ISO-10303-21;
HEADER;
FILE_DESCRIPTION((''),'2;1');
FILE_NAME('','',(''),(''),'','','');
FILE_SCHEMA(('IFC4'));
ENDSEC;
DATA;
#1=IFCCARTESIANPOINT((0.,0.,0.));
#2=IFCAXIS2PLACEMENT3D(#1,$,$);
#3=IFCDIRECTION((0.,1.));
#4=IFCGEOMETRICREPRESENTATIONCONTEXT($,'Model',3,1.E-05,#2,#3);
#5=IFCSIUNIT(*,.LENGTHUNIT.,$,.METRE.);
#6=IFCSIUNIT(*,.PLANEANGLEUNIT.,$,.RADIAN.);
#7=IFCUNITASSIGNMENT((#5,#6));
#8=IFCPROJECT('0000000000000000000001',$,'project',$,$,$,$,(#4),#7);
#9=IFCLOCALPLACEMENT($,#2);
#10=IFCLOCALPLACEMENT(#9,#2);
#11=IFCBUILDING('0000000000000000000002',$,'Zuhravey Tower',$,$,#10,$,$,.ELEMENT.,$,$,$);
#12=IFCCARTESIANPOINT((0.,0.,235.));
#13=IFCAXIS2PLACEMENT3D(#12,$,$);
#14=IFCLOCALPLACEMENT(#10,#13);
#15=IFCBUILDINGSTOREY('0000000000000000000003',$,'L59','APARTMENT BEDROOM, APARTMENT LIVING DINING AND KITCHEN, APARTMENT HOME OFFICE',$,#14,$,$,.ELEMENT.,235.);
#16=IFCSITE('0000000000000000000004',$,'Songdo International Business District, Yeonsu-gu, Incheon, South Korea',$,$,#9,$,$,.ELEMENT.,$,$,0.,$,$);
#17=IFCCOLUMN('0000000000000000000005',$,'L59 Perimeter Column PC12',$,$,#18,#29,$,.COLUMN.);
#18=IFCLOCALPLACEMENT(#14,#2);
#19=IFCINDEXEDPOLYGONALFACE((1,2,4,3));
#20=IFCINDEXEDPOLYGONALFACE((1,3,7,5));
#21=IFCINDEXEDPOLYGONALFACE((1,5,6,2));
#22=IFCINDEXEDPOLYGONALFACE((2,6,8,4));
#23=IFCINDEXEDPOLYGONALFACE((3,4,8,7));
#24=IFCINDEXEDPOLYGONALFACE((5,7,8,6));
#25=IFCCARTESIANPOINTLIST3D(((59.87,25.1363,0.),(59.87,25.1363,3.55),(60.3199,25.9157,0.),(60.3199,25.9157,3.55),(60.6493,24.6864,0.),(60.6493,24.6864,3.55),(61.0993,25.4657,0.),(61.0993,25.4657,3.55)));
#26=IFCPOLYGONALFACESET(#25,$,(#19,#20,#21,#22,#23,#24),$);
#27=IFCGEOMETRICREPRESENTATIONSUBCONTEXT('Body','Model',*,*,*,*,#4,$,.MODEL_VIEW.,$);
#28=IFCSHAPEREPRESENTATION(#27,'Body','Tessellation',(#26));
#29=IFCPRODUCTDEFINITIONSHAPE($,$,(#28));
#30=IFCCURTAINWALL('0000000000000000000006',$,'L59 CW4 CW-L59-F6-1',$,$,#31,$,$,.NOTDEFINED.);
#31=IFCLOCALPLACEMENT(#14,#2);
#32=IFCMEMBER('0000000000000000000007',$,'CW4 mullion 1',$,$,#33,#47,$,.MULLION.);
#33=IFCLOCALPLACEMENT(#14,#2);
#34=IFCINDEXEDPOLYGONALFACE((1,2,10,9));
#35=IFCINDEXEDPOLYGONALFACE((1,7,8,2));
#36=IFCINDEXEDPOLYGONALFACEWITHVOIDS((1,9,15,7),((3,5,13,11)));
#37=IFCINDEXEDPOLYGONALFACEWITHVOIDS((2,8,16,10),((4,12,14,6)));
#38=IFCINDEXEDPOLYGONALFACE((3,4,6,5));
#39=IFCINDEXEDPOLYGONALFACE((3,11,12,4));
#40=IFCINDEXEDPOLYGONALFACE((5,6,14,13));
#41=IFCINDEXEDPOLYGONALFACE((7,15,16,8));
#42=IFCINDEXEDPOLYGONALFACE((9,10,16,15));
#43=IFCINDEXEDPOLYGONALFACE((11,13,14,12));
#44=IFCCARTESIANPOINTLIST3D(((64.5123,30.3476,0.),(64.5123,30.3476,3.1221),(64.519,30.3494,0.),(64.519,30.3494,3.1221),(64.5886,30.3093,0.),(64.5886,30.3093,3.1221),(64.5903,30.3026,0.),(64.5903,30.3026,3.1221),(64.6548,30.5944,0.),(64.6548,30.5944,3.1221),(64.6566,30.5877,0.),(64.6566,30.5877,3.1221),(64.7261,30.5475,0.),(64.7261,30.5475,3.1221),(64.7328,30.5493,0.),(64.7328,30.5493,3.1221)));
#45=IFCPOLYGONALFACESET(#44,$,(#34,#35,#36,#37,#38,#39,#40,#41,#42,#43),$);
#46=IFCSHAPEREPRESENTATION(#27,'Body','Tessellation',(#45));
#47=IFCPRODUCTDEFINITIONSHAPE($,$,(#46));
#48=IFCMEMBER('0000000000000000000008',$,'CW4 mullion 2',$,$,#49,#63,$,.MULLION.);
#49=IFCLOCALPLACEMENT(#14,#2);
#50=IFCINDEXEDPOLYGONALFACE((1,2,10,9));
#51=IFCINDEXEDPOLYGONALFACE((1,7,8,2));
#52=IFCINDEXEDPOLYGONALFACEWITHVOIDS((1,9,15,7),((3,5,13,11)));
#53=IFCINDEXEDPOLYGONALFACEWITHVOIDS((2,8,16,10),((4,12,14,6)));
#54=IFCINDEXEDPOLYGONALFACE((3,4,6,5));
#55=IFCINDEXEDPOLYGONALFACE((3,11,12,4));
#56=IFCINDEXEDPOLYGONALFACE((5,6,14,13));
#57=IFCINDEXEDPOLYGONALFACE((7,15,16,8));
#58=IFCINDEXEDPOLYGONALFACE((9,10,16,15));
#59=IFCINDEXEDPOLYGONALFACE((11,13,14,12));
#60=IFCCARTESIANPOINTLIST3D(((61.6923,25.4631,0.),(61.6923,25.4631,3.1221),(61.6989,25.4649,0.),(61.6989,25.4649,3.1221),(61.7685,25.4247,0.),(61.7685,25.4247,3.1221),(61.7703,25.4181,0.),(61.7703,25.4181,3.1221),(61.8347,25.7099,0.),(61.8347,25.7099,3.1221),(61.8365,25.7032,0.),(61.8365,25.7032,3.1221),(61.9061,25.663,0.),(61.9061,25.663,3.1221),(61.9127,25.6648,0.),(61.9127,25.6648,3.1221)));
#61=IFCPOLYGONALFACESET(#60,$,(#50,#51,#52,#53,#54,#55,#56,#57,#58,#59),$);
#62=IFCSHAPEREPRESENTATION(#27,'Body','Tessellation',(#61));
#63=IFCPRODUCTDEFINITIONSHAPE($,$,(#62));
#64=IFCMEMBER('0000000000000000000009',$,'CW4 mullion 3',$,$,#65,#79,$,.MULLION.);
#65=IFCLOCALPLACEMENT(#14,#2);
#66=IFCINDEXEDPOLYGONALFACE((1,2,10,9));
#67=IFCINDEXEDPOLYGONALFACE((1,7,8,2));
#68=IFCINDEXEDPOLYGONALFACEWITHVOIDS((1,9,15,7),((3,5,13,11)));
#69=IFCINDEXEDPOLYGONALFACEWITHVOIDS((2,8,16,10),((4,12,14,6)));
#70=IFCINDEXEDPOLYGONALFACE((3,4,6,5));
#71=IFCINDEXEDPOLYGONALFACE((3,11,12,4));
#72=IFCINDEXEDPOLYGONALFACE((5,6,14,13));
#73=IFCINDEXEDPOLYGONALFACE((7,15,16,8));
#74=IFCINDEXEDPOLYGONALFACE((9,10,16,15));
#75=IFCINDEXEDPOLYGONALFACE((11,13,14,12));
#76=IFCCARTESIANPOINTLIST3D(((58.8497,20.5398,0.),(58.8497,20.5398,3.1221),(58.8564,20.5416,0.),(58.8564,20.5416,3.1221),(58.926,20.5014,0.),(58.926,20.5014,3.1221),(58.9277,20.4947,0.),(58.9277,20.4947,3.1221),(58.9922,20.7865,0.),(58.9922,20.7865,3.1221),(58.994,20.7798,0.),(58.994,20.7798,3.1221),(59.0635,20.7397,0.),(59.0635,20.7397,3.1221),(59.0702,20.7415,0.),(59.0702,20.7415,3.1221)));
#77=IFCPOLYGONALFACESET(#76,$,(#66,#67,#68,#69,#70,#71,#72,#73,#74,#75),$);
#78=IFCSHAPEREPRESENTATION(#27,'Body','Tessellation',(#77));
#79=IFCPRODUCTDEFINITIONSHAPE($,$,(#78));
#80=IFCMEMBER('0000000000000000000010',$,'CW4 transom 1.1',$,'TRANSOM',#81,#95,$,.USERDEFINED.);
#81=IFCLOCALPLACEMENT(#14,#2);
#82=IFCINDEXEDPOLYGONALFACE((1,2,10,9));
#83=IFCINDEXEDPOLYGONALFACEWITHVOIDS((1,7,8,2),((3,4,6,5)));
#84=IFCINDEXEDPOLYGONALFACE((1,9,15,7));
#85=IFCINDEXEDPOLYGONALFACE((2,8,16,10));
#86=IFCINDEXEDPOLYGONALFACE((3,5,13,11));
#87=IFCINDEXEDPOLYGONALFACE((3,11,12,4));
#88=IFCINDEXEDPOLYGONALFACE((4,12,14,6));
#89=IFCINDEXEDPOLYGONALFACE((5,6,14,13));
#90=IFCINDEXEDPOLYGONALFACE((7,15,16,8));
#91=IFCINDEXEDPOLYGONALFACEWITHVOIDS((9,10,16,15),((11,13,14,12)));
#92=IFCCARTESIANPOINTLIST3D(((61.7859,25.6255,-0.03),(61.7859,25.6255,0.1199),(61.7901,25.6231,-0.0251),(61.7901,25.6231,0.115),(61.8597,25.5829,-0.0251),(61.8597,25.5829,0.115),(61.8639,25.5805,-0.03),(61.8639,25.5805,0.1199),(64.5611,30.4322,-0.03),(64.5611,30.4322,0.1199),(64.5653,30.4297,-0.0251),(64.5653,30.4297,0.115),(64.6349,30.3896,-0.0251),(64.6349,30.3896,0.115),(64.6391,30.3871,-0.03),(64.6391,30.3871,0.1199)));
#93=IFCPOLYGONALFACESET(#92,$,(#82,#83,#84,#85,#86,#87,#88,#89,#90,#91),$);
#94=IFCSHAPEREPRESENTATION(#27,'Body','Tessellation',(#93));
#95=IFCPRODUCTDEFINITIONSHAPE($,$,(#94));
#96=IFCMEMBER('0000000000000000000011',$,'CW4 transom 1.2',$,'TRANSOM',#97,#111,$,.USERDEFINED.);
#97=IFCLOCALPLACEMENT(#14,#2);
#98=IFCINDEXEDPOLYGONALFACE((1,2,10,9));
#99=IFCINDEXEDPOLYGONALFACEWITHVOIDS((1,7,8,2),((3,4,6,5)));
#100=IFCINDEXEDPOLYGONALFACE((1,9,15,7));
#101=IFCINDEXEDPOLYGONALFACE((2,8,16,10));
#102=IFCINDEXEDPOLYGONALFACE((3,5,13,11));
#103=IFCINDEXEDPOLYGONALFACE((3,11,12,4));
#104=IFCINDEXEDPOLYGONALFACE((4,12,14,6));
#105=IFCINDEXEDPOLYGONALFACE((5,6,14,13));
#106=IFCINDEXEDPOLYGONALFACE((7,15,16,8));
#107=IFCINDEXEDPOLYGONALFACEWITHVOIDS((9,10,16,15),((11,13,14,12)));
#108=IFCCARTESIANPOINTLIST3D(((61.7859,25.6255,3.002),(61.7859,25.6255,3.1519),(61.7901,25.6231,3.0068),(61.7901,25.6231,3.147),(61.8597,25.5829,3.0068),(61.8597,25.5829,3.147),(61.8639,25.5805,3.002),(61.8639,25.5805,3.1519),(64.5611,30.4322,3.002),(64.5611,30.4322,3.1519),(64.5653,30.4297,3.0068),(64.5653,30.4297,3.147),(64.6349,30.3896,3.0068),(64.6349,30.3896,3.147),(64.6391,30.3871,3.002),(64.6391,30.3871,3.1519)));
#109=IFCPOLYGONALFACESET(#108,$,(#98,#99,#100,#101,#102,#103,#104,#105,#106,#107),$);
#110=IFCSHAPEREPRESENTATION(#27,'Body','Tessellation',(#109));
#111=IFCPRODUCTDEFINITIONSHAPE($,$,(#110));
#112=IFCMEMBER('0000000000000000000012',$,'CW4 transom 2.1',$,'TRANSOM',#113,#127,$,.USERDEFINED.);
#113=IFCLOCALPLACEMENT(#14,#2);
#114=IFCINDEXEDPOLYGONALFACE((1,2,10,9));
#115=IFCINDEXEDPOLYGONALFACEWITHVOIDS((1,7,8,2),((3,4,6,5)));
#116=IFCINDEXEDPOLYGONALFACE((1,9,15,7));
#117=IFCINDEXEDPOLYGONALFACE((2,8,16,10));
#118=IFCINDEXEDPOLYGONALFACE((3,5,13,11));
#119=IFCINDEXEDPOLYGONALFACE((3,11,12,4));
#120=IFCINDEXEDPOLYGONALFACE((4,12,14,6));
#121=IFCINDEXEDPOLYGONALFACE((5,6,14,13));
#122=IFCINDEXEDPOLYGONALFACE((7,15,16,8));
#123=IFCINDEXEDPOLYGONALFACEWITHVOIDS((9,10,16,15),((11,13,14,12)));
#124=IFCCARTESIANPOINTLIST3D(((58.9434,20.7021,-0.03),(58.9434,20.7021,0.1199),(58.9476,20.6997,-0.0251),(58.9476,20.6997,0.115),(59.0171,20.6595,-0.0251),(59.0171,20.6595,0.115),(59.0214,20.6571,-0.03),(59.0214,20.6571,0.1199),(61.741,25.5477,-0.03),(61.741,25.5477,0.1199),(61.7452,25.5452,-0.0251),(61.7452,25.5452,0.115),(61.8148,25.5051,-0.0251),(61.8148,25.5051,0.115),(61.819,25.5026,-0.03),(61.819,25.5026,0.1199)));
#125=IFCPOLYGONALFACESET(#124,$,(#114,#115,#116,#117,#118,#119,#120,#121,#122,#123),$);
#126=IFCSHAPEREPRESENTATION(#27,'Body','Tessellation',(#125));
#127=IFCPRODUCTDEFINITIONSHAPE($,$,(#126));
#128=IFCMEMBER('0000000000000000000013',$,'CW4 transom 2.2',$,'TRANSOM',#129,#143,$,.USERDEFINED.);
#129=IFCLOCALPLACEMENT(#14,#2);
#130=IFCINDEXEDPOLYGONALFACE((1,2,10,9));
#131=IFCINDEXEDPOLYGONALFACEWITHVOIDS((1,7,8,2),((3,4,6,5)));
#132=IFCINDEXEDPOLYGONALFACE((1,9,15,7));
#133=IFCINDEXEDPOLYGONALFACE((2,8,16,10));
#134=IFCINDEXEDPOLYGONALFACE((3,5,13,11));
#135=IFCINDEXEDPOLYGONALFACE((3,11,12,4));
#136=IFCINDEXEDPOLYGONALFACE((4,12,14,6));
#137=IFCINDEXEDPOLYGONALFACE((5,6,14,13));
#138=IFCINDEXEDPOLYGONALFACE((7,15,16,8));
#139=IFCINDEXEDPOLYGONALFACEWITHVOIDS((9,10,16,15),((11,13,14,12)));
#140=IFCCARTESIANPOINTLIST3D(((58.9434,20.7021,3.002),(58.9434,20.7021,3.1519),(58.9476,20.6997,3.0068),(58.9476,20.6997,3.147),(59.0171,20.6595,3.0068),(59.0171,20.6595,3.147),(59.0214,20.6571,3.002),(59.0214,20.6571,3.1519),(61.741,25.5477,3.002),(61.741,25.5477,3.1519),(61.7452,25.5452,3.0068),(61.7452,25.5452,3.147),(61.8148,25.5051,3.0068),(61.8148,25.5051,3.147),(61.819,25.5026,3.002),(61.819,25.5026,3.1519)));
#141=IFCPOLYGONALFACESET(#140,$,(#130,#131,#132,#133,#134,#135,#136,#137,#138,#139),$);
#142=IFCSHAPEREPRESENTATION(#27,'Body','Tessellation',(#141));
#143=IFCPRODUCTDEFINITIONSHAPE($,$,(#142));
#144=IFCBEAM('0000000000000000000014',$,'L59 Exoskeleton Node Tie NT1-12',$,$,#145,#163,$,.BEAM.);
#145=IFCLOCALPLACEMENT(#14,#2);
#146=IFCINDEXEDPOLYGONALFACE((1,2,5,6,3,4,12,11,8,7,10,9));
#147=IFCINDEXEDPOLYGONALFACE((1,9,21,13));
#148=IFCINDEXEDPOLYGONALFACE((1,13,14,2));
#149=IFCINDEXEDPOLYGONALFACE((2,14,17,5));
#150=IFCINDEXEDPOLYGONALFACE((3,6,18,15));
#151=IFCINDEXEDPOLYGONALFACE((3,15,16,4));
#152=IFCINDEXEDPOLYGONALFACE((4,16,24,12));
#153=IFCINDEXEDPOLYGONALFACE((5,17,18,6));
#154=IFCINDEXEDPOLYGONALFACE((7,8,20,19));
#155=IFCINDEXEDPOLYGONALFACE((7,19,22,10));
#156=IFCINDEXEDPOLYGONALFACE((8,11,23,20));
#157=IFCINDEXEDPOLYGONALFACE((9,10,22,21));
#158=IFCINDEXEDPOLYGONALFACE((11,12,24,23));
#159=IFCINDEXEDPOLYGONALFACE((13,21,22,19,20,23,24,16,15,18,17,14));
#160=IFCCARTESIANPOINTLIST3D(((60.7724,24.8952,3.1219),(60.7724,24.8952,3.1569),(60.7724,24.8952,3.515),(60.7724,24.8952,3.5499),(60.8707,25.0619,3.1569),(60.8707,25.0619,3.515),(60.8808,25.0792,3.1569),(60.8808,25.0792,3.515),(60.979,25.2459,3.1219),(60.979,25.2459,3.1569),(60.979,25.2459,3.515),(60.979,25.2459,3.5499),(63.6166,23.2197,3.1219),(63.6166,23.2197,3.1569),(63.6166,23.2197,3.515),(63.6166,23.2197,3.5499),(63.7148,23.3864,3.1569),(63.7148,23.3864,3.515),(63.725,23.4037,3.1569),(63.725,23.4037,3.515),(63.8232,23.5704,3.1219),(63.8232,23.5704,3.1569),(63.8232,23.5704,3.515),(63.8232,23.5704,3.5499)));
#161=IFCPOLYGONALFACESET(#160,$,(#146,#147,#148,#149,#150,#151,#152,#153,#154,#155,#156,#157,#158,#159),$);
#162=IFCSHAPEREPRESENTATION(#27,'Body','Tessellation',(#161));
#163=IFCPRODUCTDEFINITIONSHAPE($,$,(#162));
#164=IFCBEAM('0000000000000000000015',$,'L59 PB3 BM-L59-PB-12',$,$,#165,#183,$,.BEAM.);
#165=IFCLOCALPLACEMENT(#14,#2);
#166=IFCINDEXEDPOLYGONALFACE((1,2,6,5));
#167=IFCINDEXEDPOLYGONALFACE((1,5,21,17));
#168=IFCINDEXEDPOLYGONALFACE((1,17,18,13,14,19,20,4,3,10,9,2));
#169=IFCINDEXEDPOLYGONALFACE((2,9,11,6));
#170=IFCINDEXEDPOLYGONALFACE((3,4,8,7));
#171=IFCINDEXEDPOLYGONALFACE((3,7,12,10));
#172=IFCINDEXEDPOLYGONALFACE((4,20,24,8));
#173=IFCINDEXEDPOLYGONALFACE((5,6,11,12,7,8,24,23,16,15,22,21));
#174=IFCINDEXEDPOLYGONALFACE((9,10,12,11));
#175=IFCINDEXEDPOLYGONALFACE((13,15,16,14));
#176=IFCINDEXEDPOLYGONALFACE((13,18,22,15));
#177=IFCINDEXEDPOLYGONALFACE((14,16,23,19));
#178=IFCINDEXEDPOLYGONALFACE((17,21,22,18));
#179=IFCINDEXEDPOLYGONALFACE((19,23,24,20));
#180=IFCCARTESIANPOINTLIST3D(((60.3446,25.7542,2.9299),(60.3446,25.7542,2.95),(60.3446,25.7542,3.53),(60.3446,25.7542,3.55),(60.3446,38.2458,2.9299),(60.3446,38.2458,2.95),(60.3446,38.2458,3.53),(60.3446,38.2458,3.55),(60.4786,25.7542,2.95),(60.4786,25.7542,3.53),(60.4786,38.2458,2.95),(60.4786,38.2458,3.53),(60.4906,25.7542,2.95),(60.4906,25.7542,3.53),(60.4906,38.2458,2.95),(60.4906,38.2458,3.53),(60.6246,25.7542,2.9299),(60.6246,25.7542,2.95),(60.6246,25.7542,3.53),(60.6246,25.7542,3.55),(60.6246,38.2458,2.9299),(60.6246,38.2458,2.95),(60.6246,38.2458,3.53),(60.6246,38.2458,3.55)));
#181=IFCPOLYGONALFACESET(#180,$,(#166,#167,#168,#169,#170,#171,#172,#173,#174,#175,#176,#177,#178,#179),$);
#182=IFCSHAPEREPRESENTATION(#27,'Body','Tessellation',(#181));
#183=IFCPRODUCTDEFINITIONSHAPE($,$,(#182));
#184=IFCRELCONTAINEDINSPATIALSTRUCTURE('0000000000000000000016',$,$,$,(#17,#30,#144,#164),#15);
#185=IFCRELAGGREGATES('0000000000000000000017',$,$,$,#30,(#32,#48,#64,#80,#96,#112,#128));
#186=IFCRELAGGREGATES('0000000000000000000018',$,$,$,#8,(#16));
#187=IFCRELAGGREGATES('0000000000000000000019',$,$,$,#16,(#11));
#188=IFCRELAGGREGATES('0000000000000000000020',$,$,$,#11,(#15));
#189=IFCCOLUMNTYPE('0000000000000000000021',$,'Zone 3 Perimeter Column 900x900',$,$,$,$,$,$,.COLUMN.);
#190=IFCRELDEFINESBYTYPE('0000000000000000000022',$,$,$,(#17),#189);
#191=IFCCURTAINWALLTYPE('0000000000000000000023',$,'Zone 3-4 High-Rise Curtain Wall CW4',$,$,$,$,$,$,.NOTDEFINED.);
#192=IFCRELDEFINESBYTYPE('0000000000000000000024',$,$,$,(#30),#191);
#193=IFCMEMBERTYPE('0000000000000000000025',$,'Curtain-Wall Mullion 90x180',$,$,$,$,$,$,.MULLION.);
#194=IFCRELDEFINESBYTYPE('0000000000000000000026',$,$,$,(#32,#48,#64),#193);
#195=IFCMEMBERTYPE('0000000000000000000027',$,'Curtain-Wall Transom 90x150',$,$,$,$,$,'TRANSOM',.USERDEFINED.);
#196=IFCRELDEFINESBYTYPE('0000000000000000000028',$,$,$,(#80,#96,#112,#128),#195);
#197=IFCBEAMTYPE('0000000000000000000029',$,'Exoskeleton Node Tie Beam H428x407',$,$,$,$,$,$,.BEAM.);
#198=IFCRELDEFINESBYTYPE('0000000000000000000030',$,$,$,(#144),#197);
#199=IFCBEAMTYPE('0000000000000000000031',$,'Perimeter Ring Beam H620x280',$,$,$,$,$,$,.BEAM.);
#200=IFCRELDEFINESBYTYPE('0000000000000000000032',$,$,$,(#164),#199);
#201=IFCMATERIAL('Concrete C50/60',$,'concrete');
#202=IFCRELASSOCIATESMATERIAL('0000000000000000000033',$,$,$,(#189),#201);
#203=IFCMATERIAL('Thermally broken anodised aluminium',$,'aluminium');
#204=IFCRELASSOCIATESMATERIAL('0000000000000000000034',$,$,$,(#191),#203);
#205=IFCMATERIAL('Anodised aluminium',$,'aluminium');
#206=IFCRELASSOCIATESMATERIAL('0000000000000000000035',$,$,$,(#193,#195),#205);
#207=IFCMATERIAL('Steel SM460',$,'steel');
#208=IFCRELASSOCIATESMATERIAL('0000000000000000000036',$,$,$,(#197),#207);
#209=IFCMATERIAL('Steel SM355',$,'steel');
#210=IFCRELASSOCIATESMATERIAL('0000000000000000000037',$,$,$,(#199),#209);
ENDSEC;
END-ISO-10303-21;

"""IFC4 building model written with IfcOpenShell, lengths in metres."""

from ifc_helpers import new_model, si_unit, direction, frame, origin, origin_2d, place, context, subcontext, project, spatial, rectangle, hollow_rectangle, i_section, extrude, material, material_profile, profile_set, type_object, element, aggregate, save


model = new_model("IFC4")

# Units and contexts
model_context = context("Model", 3, precision=1e-05, world=origin(), true_north=direction((0.0, 1.0)))
body_context = subcontext(model_context, "Body", "Model", "MODEL_VIEW")
ifc_project = project(units=[si_unit("LENGTHUNIT", "METRE"), si_unit("PLANEANGLEUNIT", "RADIAN")], contexts=[model_context])

# Site, building, storey
site_placement = place(None, origin())
site = spatial("IfcSite", under=ifc_project, at=site_placement, Name="Songdo International Business District, Yeonsu-gu, Incheon, South Korea", CompositionType="ELEMENT", RefElevation=0.0)
building_placement = place(site_placement, origin())
building = spatial("IfcBuilding", under=site, at=building_placement, Name="Zuhravey Tower", CompositionType="ELEMENT")
storey_placement = place(building_placement, frame((0.0, 0.0, 235.0)))
storey = spatial("IfcBuildingStorey", under=building, at=storey_placement, Name="L59", Description="APARTMENT BEDROOM, APARTMENT LIVING DINING AND KITCHEN, APARTMENT HOME OFFICE", CompositionType="ELEMENT", Elevation=235.0)

# Column
ifc_material_1 = material(Name="Concrete C50/60", Category="concrete")
ifc_material_profile_1 = material_profile(ifc_material_1, rectangle(XDim=0.8999, YDim=0.8999, at=origin_2d()), Name="RC-900x900")
ifc_profile_set_1 = profile_set([ifc_material_profile_1], Name="Concrete C50/60")
column_type = type_object("IfcColumnType", Name="Zone 3 Perimeter Column 900x900", PredefinedType="COLUMN", material=ifc_profile_set_1)
column_placement = place(storey_placement, frame((60.4846, 25.301, 0.0), z_axis=(0.0, 0.0, 1.0), x_axis=(0.5, 0.866025, 0.0)))
element("IfcColumn", 1, at=column_placement, inside=storey, type_object=column_type, Name="L59 Perimeter Column PC12", PredefinedType="COLUMN", context=body_context, shape_type="SweptSolid", body=[
    extrude(rectangle(XDim=0.8999, YDim=0.8999, at=origin_2d()), origin(), (0.0, 0.0, 1.0), 3.55),
])

# Curtain wall, members
ifc_material_2 = material(Name="Thermally broken anodised aluminium", Category="aluminium")
curtain_wall_type = type_object("IfcCurtainWallType", Name="Zone 3-4 High-Rise Curtain Wall CW4", PredefinedType="NOTDEFINED", material=ifc_material_2)
curtain_wall_placement = place(storey_placement, origin())
curtain_wall = element("IfcCurtainWall", 2, at=curtain_wall_placement, inside=storey, type_object=curtain_wall_type, Name="L59 CW4 CW-L59-F6-1", PredefinedType="NOTDEFINED")
ifc_material_3 = material(Name="Anodised aluminium", Category="aluminium")
ifc_material_profile_2 = material_profile(ifc_material_3, hollow_rectangle(XDim=0.0901, YDim=0.2849, WallThickness=0.0049, at=origin_2d()), Name="ALU-RHS-90x285x5")
ifc_profile_set_2 = profile_set([ifc_material_profile_2], Name="Anodised aluminium")
member_type_1 = type_object("IfcMemberType", Name="Curtain-Wall Mullion 90x180", PredefinedType="MULLION", material=ifc_profile_set_2)
member_1_placement = place(storey_placement, frame((64.6226, 30.4485, 0.0), z_axis=(0.0, 0.0, 1.0), x_axis=(0.866024, -0.500003, 0.0)))
member_1 = element("IfcMember", 3, at=member_1_placement, type_object=member_type_1, Name="CW4 mullion 1", PredefinedType="MULLION", context=body_context, shape_type="SweptSolid", body=[
    extrude(hollow_rectangle(XDim=0.0901, YDim=0.2849, WallThickness=0.0049, at=origin_2d()), origin(), (0.0, 0.0, 1.0), 3.1221),
])
member_2_placement = place(storey_placement, frame((61.8025, 25.564, 0.0), z_axis=(0.0, 0.0, 1.0), x_axis=(0.866024, -0.500003, 0.0)))
member_2 = element("IfcMember", 4, at=member_2_placement, type_object=member_type_1, Name="CW4 mullion 2", PredefinedType="MULLION", context=body_context, shape_type="SweptSolid", body=[
    extrude(hollow_rectangle(XDim=0.0901, YDim=0.2849, WallThickness=0.0049, at=origin_2d()), origin(), (0.0, 0.0, 1.0), 3.1221),
])
member_3_placement = place(storey_placement, frame((58.96, 20.6406, 0.0), z_axis=(0.0, 0.0, 1.0), x_axis=(0.866024, -0.500003, 0.0)))
member_3 = element("IfcMember", 5, at=member_3_placement, type_object=member_type_1, Name="CW4 mullion 3", PredefinedType="MULLION", context=body_context, shape_type="SweptSolid", body=[
    extrude(hollow_rectangle(XDim=0.0901, YDim=0.2849, WallThickness=0.0049, at=origin_2d()), origin(), (0.0, 0.0, 1.0), 3.1221),
])
ifc_material_profile_3 = material_profile(ifc_material_3, hollow_rectangle(XDim=0.0901, YDim=0.1499, WallThickness=0.0049, at=origin_2d()), Name="ALU-RHS-90x150x5")
ifc_profile_set_3 = profile_set([ifc_material_profile_3], Name="Anodised aluminium")
member_type_2 = type_object("IfcMemberType", Name="Curtain-Wall Transom 90x150", ElementType="TRANSOM", PredefinedType="USERDEFINED", material=ifc_profile_set_3)
member_4_placement = place(storey_placement, frame((64.6001, 30.4097, 0.0449), z_axis=(-0.500004, -0.866023, 0.0), x_axis=(0.866023, -0.500004, 0.0)))
member_4 = element("IfcMember", 6, at=member_4_placement, type_object=member_type_2, Name="CW4 transom 1.1", ObjectType="TRANSOM", PredefinedType="USERDEFINED", context=body_context, shape_type="SweptSolid", body=[
    extrude(hollow_rectangle(XDim=0.0901, YDim=0.1499, WallThickness=0.0049, at=origin_2d()), origin(), (0.0, 0.0, 1.0), 5.5503),
])
member_5_placement = place(storey_placement, frame((64.6001, 30.4097, 3.0769), z_axis=(-0.500004, -0.866023, 0.0), x_axis=(0.866023, -0.500004, 0.0)))
member_5 = element("IfcMember", 7, at=member_5_placement, type_object=member_type_2, Name="CW4 transom 1.2", ObjectType="TRANSOM", PredefinedType="USERDEFINED", context=body_context, shape_type="SweptSolid", body=[
    extrude(hollow_rectangle(XDim=0.0901, YDim=0.1499, WallThickness=0.0049, at=origin_2d()), origin(), (0.0, 0.0, 1.0), 5.5503),
])
member_6_placement = place(storey_placement, frame((61.78, 25.5251, 0.0449), z_axis=(-0.500011, -0.866019, 0.0), x_axis=(0.866019, -0.500011, 0.0)))
member_6 = element("IfcMember", 8, at=member_6_placement, type_object=member_type_2, Name="CW4 transom 2.1", ObjectType="TRANSOM", PredefinedType="USERDEFINED", context=body_context, shape_type="SweptSolid", body=[
    extrude(hollow_rectangle(XDim=0.0901, YDim=0.1499, WallThickness=0.0049, at=origin_2d()), origin(), (0.0, 0.0, 1.0), 5.5952),
])
member_7_placement = place(storey_placement, frame((61.78, 25.5251, 3.0769), z_axis=(-0.500011, -0.866019, 0.0), x_axis=(0.866019, -0.500011, 0.0)))
member_7 = element("IfcMember", 9, at=member_7_placement, type_object=member_type_2, Name="CW4 transom 2.2", ObjectType="TRANSOM", PredefinedType="USERDEFINED", context=body_context, shape_type="SweptSolid", body=[
    extrude(hollow_rectangle(XDim=0.0901, YDim=0.1499, WallThickness=0.0049, at=origin_2d()), origin(), (0.0, 0.0, 1.0), 5.5952),
])

# Beams
ifc_material_4 = material(Name="Steel SM460", Category="steel")
ifc_material_profile_4 = material_profile(ifc_material_4, i_section(OverallWidth=0.407, OverallDepth=0.428, WebThickness=0.02, FlangeThickness=0.0349, at=origin_2d()), Name="H-428x407x20x35")
ifc_profile_set_4 = profile_set([ifc_material_profile_4], Name="Steel SM460")
beam_type_1 = type_object("IfcBeamType", Name="Exoskeleton Node Tie Beam H428x407", PredefinedType="BEAM", material=ifc_profile_set_4)
beam_1_placement = place(storey_placement, frame((60.8757, 25.0706, 3.3359), z_axis=(0.861609, -0.507573, 0.0), x_axis=(0.507573, 0.861609, 0.0)))
element("IfcBeam", 10, at=beam_1_placement, inside=storey, type_object=beam_type_1, Name="L59 Exoskeleton Node Tie NT1-12", PredefinedType="BEAM", context=body_context, shape_type="SweptSolid", body=[
    extrude(i_section(OverallWidth=0.407, OverallDepth=0.428, WebThickness=0.02, FlangeThickness=0.0349, at=origin_2d()), origin(), (0.0, 0.0, 1.0), 3.301),
])
ifc_material_5 = material(Name="Steel SM355", Category="steel")
ifc_material_profile_5 = material_profile(ifc_material_5, i_section(OverallWidth=0.28, OverallDepth=0.6201, WebThickness=0.012, FlangeThickness=0.02, at=origin_2d()), Name="H-620x280x12x20")
ifc_profile_set_5 = profile_set([ifc_material_profile_5], Name="Steel SM355")
beam_type_2 = type_object("IfcBeamType", Name="Perimeter Ring Beam H620x280", PredefinedType="BEAM", material=ifc_profile_set_5)
beam_2_placement = place(storey_placement, frame((60.4846, 25.7542, 3.24), z_axis=(0.0, 1.0, 0.0), x_axis=(-1.0, 0.0, 0.0)))
element("IfcBeam", 11, at=beam_2_placement, inside=storey, type_object=beam_type_2, Name="L59 PB3 BM-L59-PB-12", PredefinedType="BEAM", context=body_context, shape_type="SweptSolid", body=[
    extrude(i_section(OverallWidth=0.28, OverallDepth=0.6201, WebThickness=0.012, FlangeThickness=0.02, at=origin_2d()), origin(), (0.0, 0.0, 1.0), 12.4917),
])

aggregate(curtain_wall, [member_1, member_2, member_3, member_4, member_5, member_6, member_7])

save(model, "model.ifc")
